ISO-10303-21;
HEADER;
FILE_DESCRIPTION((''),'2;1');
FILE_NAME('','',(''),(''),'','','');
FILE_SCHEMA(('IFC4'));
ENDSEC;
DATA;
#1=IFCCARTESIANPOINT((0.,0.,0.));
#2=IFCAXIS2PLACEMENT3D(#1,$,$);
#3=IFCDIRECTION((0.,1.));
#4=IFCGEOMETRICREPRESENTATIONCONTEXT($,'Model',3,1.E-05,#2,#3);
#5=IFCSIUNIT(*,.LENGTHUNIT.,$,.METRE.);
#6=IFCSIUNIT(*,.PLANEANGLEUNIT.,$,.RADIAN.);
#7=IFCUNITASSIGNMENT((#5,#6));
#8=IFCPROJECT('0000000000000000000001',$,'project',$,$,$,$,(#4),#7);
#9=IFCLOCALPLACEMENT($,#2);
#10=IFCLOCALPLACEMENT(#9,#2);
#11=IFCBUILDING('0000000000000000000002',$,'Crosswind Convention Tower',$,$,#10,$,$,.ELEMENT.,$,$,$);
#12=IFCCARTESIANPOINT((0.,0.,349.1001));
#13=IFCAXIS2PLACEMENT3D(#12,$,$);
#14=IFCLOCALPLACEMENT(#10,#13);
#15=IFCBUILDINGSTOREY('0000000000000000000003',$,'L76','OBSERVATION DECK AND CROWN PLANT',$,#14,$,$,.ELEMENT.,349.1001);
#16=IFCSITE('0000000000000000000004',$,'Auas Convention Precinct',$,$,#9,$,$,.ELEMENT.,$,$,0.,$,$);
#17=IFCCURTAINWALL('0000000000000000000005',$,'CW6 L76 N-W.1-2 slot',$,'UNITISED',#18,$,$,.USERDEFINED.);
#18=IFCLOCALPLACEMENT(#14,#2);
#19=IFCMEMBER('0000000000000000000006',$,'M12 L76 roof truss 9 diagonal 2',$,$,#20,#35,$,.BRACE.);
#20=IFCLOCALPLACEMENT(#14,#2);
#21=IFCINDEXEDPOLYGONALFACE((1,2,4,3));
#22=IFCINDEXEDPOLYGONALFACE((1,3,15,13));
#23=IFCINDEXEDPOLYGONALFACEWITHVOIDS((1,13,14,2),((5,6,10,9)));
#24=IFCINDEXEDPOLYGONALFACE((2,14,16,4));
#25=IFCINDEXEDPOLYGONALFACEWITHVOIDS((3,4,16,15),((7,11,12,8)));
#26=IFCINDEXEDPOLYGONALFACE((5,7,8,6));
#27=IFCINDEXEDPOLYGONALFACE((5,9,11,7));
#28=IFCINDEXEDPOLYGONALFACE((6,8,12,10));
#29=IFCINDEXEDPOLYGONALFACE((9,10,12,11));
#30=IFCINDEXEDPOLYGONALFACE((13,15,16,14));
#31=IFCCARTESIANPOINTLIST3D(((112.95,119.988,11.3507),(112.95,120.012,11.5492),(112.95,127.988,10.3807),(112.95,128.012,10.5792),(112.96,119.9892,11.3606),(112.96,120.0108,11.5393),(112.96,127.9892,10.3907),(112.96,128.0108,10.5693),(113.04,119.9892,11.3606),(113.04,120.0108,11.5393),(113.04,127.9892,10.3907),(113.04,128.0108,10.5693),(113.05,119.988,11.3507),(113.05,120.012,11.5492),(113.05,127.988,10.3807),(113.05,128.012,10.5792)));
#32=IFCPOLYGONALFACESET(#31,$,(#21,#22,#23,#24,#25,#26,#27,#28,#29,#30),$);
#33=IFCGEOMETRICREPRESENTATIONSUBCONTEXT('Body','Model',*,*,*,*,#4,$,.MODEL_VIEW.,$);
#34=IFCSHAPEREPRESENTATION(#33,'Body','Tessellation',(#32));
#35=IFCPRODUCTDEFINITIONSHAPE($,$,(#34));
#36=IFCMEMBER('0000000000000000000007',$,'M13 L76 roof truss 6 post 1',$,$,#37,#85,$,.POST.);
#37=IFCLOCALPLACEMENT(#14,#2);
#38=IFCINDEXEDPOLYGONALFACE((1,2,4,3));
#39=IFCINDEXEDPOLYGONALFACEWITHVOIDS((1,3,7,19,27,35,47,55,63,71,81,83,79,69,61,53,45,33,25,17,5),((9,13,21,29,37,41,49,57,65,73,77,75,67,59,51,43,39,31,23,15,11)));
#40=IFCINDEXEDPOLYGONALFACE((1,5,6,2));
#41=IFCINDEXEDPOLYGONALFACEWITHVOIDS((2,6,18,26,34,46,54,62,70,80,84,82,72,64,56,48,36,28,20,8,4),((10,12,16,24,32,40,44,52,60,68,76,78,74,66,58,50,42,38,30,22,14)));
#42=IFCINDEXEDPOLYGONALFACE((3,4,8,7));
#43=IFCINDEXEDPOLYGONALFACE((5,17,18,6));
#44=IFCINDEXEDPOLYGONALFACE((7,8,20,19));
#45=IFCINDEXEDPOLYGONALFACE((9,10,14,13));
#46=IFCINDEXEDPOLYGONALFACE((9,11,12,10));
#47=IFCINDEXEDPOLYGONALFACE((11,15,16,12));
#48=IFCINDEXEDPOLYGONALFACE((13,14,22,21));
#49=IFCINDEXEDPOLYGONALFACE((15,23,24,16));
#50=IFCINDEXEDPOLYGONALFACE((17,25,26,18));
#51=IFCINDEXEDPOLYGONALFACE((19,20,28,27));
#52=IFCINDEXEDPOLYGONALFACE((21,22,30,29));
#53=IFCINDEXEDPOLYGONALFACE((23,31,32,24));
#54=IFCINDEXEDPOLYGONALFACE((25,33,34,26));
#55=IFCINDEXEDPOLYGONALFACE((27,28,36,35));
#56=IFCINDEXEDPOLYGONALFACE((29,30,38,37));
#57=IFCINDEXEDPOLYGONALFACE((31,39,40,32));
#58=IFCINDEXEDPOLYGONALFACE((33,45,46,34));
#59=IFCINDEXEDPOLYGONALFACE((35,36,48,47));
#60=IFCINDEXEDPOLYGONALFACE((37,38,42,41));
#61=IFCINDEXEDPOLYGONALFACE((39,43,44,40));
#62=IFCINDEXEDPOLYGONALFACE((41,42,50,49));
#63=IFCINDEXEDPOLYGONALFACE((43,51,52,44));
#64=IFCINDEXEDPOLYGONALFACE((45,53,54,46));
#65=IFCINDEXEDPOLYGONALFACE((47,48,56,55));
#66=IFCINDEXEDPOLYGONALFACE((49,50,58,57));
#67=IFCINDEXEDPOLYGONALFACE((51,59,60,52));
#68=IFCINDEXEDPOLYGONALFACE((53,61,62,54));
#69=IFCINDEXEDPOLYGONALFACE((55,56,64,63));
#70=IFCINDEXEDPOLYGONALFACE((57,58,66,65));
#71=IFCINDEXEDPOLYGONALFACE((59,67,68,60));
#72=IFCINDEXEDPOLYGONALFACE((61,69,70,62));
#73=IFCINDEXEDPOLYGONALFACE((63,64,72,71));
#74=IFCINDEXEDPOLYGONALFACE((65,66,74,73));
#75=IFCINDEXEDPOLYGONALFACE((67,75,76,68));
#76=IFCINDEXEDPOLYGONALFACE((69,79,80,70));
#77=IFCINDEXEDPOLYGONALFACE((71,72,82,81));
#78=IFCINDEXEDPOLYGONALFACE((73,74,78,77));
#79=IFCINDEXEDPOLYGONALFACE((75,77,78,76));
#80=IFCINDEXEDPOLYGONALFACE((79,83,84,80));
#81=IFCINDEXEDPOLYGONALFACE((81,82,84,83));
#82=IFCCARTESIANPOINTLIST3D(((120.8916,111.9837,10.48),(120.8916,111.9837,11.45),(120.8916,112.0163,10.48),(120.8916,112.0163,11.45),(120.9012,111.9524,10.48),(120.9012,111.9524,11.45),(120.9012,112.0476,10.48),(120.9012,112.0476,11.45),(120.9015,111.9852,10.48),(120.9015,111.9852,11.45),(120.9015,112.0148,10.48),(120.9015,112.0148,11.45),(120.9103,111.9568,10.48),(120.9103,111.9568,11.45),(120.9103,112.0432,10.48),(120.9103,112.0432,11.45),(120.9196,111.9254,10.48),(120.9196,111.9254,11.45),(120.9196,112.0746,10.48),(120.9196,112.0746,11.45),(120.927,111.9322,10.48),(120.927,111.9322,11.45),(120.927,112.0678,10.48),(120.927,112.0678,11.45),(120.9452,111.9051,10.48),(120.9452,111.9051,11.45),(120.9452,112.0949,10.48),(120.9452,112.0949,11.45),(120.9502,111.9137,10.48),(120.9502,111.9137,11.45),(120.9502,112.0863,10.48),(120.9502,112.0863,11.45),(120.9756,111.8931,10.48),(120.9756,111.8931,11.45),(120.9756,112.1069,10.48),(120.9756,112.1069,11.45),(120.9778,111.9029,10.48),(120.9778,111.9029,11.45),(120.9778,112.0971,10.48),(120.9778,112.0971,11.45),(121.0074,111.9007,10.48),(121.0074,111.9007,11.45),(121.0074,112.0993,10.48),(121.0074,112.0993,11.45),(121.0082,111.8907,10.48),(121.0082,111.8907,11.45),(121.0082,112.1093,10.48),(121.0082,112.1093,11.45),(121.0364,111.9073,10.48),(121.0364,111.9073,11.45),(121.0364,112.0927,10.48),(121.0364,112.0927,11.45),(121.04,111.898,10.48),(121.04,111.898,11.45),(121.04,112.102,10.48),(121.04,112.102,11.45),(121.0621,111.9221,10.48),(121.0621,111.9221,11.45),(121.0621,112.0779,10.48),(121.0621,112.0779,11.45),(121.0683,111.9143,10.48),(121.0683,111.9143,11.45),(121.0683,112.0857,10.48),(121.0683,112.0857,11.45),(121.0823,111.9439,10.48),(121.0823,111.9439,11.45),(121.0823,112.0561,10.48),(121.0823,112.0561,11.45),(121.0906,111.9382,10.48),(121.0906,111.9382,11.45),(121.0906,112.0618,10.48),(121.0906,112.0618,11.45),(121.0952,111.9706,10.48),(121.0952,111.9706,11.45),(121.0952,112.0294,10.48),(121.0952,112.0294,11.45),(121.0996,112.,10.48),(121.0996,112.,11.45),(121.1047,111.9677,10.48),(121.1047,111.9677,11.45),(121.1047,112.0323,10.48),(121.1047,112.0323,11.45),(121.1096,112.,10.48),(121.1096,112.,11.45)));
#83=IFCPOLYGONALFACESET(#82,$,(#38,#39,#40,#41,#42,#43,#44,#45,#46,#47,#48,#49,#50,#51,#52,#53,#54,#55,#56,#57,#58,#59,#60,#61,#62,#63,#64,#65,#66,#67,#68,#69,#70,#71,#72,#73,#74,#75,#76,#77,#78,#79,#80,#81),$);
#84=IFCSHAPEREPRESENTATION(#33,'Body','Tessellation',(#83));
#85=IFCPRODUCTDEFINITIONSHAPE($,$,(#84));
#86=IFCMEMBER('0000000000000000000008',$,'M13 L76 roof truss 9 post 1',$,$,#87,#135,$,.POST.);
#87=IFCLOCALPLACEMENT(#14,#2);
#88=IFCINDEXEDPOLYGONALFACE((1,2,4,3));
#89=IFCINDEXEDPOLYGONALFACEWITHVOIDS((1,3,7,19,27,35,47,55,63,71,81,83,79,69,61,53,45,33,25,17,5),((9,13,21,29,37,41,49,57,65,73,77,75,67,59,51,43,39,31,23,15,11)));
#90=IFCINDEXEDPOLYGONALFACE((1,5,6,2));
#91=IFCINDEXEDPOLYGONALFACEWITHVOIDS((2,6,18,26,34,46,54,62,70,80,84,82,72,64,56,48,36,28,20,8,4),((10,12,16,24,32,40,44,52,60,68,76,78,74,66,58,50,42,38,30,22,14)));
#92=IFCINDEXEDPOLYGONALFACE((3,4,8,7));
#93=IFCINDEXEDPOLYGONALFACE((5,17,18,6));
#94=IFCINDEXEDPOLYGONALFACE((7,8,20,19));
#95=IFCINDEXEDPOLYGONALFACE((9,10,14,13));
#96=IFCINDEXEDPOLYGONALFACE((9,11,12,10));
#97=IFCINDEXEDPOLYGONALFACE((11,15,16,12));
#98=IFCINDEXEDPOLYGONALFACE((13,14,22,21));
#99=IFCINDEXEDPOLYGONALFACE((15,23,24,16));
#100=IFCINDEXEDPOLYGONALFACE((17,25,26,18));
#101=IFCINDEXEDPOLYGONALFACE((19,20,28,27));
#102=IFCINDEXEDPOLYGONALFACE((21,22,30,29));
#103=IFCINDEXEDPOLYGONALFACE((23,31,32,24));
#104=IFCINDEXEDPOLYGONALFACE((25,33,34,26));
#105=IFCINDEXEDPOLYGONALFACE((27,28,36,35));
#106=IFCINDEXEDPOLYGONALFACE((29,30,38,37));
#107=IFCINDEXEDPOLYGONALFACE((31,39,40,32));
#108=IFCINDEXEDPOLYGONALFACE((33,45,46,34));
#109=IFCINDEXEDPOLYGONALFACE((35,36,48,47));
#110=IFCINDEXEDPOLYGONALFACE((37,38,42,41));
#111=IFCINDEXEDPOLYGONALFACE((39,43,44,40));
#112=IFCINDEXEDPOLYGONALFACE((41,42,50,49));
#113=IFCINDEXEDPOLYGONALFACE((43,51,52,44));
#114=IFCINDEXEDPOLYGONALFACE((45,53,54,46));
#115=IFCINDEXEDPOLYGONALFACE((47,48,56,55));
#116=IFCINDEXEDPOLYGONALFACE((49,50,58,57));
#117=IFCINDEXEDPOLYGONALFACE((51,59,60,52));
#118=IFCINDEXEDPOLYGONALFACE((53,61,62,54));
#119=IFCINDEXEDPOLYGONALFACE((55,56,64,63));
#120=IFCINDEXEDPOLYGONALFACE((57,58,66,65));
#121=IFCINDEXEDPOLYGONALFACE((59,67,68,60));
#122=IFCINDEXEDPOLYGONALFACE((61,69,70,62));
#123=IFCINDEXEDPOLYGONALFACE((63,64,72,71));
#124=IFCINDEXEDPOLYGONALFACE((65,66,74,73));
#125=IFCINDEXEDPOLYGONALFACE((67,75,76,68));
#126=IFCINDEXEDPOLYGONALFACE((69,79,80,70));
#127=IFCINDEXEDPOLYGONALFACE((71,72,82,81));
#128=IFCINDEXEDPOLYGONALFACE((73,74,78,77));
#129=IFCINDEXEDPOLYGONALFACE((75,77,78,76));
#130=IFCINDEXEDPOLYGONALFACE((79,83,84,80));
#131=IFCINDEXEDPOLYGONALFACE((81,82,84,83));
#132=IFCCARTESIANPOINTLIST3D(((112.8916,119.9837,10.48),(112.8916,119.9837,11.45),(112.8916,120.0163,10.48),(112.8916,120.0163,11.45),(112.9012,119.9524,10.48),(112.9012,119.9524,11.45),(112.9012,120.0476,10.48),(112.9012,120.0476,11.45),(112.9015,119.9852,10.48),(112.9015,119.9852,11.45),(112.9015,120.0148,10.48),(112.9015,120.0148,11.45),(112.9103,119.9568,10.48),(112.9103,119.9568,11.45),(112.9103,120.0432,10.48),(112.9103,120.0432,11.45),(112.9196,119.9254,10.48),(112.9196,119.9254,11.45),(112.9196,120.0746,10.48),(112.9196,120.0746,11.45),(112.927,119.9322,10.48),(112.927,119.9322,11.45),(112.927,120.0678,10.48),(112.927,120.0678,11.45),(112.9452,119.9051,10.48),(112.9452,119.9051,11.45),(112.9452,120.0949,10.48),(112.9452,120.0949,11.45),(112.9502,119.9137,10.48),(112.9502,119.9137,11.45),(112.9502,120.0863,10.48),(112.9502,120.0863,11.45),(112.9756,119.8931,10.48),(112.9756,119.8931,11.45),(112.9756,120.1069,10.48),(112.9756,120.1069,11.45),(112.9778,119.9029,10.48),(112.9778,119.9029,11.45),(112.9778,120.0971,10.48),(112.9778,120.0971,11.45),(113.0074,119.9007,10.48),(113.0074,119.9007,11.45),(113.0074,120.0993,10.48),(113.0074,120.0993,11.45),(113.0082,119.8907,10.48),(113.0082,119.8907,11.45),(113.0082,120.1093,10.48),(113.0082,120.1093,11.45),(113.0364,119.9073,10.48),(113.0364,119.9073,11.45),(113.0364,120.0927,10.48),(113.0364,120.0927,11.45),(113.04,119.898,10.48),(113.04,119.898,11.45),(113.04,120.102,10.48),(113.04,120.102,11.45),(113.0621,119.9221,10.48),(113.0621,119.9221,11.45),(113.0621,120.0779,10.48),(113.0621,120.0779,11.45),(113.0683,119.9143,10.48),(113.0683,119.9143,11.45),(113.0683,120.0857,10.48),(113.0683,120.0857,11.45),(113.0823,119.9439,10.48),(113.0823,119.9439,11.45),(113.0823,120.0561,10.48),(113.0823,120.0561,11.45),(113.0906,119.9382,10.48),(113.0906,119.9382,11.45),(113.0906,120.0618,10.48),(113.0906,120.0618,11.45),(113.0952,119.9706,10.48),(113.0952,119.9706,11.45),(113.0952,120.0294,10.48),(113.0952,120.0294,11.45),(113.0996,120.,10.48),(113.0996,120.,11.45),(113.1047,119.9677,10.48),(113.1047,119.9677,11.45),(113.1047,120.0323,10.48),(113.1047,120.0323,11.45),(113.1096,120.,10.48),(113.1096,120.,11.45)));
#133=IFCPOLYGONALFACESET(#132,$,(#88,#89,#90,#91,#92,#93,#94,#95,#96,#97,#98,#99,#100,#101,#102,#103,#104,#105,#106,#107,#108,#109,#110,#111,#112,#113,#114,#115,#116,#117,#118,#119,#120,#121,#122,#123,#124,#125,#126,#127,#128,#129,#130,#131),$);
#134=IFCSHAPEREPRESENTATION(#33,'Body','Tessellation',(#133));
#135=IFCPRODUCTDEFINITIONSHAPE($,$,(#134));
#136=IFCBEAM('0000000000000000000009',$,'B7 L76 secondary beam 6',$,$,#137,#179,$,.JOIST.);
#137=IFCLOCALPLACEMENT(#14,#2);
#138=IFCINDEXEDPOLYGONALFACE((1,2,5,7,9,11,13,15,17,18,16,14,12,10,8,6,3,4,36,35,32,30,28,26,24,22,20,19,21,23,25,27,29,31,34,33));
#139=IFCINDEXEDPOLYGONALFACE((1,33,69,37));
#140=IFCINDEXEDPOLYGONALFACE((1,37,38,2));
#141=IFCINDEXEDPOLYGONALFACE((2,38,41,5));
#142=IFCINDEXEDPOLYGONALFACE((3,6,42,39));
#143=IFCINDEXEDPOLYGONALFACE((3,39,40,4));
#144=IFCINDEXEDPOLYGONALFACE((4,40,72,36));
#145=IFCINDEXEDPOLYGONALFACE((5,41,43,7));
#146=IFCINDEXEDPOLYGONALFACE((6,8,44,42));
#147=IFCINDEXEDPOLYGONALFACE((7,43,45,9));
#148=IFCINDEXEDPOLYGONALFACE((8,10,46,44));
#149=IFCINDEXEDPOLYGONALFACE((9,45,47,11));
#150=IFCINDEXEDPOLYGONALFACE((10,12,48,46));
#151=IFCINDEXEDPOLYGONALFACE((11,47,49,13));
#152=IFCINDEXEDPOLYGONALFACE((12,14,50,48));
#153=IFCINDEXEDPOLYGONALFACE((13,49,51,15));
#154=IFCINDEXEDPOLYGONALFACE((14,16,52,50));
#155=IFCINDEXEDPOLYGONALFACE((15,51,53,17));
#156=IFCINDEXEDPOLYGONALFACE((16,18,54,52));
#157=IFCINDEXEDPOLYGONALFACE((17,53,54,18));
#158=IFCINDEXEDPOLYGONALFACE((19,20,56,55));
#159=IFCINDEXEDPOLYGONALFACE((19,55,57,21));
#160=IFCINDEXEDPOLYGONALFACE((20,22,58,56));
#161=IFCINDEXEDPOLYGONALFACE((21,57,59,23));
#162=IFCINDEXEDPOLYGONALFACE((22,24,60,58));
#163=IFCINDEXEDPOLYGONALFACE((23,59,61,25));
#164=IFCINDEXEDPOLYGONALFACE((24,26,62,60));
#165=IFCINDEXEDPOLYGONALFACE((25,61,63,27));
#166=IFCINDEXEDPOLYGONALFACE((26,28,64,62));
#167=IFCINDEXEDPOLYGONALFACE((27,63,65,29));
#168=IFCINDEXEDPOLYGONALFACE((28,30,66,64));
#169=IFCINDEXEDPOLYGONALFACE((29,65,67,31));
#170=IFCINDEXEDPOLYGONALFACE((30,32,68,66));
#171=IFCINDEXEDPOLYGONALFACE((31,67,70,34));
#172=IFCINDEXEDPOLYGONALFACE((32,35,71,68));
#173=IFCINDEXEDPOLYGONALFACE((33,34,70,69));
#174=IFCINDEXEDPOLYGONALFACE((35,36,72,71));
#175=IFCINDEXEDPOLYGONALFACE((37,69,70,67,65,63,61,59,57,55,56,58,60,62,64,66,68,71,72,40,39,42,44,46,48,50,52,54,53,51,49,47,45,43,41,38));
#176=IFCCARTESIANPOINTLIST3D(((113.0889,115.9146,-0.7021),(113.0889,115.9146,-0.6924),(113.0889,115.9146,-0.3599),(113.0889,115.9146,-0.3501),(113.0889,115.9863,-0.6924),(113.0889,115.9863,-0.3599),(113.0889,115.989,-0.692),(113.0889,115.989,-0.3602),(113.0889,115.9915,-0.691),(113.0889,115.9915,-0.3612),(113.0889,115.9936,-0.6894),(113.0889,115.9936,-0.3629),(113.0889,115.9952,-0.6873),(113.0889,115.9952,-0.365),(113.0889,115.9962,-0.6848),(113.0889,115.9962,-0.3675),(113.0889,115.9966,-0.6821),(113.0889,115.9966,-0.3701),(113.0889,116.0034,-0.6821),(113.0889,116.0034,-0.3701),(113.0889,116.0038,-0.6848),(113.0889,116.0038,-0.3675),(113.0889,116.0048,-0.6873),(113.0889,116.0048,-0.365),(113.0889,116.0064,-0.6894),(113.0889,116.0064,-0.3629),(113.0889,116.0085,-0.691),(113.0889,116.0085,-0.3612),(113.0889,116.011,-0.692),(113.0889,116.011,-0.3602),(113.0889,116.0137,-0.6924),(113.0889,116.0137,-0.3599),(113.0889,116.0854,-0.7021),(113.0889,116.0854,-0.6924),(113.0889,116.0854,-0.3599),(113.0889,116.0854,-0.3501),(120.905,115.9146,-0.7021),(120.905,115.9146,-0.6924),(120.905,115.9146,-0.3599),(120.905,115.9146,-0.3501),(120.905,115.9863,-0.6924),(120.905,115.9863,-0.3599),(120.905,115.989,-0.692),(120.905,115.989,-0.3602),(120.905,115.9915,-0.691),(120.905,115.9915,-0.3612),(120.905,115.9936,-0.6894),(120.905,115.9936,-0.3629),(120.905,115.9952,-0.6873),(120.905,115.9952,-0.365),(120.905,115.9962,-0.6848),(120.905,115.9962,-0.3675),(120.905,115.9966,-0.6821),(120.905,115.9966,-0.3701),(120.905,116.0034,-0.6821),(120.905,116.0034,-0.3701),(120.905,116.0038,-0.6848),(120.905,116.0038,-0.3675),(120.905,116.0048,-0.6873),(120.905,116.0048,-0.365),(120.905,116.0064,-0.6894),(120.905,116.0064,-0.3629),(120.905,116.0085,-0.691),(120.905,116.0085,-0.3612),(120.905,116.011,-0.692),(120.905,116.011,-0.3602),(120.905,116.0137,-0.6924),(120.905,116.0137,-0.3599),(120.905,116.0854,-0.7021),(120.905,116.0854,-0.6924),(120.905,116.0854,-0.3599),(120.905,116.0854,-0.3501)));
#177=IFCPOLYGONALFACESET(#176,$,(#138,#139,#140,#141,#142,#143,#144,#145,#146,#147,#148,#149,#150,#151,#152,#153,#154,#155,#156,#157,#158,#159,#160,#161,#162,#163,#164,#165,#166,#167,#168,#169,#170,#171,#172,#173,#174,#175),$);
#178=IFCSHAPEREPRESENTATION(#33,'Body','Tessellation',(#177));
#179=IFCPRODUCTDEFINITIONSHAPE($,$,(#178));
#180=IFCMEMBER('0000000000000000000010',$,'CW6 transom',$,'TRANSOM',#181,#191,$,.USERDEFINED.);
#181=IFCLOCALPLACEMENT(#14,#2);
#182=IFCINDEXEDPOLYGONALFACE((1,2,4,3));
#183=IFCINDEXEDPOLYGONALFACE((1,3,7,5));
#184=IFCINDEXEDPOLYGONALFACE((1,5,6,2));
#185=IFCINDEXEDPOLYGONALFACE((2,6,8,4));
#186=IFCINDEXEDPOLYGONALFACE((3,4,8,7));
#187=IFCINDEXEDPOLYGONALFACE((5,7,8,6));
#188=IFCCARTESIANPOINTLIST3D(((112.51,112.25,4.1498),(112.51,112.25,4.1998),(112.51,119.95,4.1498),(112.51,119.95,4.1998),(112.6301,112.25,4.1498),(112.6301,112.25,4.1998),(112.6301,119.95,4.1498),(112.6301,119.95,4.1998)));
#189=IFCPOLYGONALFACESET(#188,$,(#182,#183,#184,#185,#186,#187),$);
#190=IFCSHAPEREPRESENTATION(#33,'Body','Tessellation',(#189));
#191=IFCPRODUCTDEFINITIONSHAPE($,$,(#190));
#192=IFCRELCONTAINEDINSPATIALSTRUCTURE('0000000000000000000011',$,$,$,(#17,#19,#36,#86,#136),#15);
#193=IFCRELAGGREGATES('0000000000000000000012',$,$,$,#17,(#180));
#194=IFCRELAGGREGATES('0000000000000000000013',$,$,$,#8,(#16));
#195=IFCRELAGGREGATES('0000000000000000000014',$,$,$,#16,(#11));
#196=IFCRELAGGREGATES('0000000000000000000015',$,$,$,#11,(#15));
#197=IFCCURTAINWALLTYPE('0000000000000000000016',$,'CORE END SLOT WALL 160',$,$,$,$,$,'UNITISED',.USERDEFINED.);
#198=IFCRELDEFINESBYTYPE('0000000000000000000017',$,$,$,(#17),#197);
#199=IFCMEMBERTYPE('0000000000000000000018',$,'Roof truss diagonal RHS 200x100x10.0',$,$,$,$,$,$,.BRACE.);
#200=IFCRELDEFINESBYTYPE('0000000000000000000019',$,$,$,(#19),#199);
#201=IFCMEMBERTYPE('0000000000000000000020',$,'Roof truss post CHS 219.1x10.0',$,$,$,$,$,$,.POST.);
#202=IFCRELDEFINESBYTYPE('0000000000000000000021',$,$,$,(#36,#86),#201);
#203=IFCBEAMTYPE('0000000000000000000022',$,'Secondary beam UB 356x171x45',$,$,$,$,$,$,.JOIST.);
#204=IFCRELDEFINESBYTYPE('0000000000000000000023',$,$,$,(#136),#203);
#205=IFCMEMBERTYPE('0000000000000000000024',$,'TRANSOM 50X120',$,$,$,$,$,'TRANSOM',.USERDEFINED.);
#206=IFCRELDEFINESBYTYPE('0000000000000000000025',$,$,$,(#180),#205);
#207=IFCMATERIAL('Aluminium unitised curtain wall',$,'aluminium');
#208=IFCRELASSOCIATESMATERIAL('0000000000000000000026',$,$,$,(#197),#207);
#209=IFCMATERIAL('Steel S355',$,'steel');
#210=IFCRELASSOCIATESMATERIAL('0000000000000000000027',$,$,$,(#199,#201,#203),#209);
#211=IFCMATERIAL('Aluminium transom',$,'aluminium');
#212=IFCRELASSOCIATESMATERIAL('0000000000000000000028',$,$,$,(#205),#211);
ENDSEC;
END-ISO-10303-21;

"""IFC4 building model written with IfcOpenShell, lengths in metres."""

from ifc_helpers import new_model, si_unit, direction, frame, origin, origin_2d, place, context, subcontext, project, spatial, rectangle, hollow_rectangle, hollow_circle, i_section, extrude, material, material_profile, profile_set, type_object, element, aggregate, save


model = new_model("IFC4")

# Units and contexts
model_context = context("Model", 3, precision=1e-05, world=origin(), true_north=direction((0.0, 1.0)))
body_context = subcontext(model_context, "Body", "Model", "MODEL_VIEW")
ifc_project = project(units=[si_unit("LENGTHUNIT", "METRE"), si_unit("PLANEANGLEUNIT", "RADIAN")], contexts=[model_context])

# Site, building, storey
site_placement = place(None, origin())
site = spatial("IfcSite", under=ifc_project, at=site_placement, Name="Auas Convention Precinct", CompositionType="ELEMENT", RefElevation=0.0)
building_placement = place(site_placement, origin())
building = spatial("IfcBuilding", under=site, at=building_placement, Name="Crosswind Convention Tower", CompositionType="ELEMENT")
storey_placement = place(building_placement, frame((0.0, 0.0, 349.1001)))
storey = spatial("IfcBuildingStorey", under=building, at=storey_placement, Name="L76", Description="OBSERVATION DECK AND CROWN PLANT", CompositionType="ELEMENT", Elevation=349.1001)

# Shared definitions
ifc_material_1 = material(Name="Steel S355", Category="steel")

# Curtain wall
ifc_material_2 = material(Name="Aluminium unitised curtain wall", Category="aluminium")
curtain_wall_type_1 = type_object("IfcCurtainWallType", Name="CORE END SLOT WALL 160", ElementType="UNITISED", PredefinedType="USERDEFINED", material=ifc_material_2)
curtain_wall_1_placement = place(storey_placement, origin())
curtain_wall_1 = element("IfcCurtainWall", 1, at=curtain_wall_1_placement, inside=storey, type_object=curtain_wall_type_1, Name="CW6 L76 N-W.1-2 slot", ObjectType="UNITISED", PredefinedType="USERDEFINED")

# Members
ifc_material_profile_1 = material_profile(ifc_material_1, hollow_rectangle(XDim=0.1001, YDim=0.2, WallThickness=0.01, at=origin_2d()), Name="RHS 200x100x10.0")
ifc_profile_set_1 = profile_set([ifc_material_profile_1], Name="Steel S355")
member_type_1 = type_object("IfcMemberType", Name="Roof truss diagonal RHS 200x100x10.0", PredefinedType="BRACE", material=ifc_profile_set_1)
member_1_placement = place(storey_placement, frame((113.0, 120.0, 11.45), z_axis=(0.0, 0.99273, -0.120365), x_axis=(-1.0, 0.0, 0.0)))
element("IfcMember", 2, at=member_1_placement, inside=storey, type_object=member_type_1, Name="M12 L76 roof truss 9 diagonal 2", PredefinedType="BRACE", context=body_context, shape_type="SweptSolid", body=[
    extrude(hollow_rectangle(XDim=0.1001, YDim=0.2, WallThickness=0.01, at=origin_2d()), origin(), (0.0, 0.0, 1.0), 8.0586),
])
ifc_material_profile_2 = material_profile(ifc_material_1, hollow_circle(Radius=0.1096, WallThickness=0.01, at=origin_2d()), Name="CHS 219.1x10.0")
ifc_profile_set_2 = profile_set([ifc_material_profile_2], Name="Steel S355")
member_type_2 = type_object("IfcMemberType", Name="Roof truss post CHS 219.1x10.0", PredefinedType="POST", material=ifc_profile_set_2)
for number, where, z_axis, x_axis, name in (
    (3, (121.0, 112.0, 10.48), (0.0, 0.0, 1.0), (1.0, 0.0, 0.0), "M13 L76 roof truss 6 post 1"),
    (4, (113.0, 120.0, 10.48), (0.0, 0.0, 1.0), (1.0, 0.0, 0.0), "M13 L76 roof truss 9 post 1"),
):
    element("IfcMember", number, at=place(storey_placement, frame(where, z_axis=z_axis, x_axis=x_axis)), inside=storey, type_object=member_type_2, Name=name, PredefinedType="POST", context=body_context, shape_type="SweptSolid", body=[
        extrude(hollow_circle(Radius=0.1096, WallThickness=0.01, at=origin_2d()), origin(), (0.0, 0.0, 1.0), 0.97),
    ])

# Beam
ifc_material_profile_3 = material_profile(ifc_material_1, i_section(OverallWidth=0.1709, OverallDepth=0.3521, WebThickness=0.0068, FlangeThickness=0.0098, FilletRadius=0.0103, at=origin_2d()), Name="UB 356x171x45")
ifc_profile_set_3 = profile_set([ifc_material_profile_3], Name="Steel S355")
beam_type_1 = type_object("IfcBeamType", Name="Secondary beam UB 356x171x45", PredefinedType="JOIST", material=ifc_profile_set_3)
beam_1_placement = place(storey_placement, frame((113.0889, 116.0, -0.5261), z_axis=(1.0, 0.0, 0.0), x_axis=(0.0, 1.0, 0.0)))
element("IfcBeam", 5, at=beam_1_placement, inside=storey, type_object=beam_type_1, Name="B7 L76 secondary beam 6", PredefinedType="JOIST", context=body_context, shape_type="SweptSolid", body=[
    extrude(i_section(OverallWidth=0.1709, OverallDepth=0.3521, WebThickness=0.0068, FlangeThickness=0.0098, FilletRadius=0.0103, at=origin_2d()), origin(), (0.0, 0.0, 1.0), 7.8162),
])

# Member
ifc_material_3 = material(Name="Aluminium transom", Category="aluminium")
ifc_material_profile_4 = material_profile(ifc_material_3, rectangle(XDim=0.1201, YDim=0.05, at=origin_2d()), Name="AL 120X50")
ifc_profile_set_4 = profile_set([ifc_material_profile_4], Name="Aluminium transom")
member_type_3 = type_object("IfcMemberType", Name="TRANSOM 50X120", ElementType="TRANSOM", PredefinedType="USERDEFINED", material=ifc_profile_set_4)
member_2_placement = place(storey_placement, frame((112.5701, 119.95, 4.1748), z_axis=(0.0, -1.0, 0.0), x_axis=(1.0, 0.0, 0.0)))
member_2 = element("IfcMember", 6, at=member_2_placement, type_object=member_type_3, Name="CW6 transom", ObjectType="TRANSOM", PredefinedType="USERDEFINED", context=body_context, shape_type="SweptSolid", body=[
    extrude(rectangle(XDim=0.1201, YDim=0.05, at=origin_2d()), origin(), (0.0, 0.0, 1.0), 7.7),
])

aggregate(curtain_wall_1, [member_2])

save(model, "model.ifc")
